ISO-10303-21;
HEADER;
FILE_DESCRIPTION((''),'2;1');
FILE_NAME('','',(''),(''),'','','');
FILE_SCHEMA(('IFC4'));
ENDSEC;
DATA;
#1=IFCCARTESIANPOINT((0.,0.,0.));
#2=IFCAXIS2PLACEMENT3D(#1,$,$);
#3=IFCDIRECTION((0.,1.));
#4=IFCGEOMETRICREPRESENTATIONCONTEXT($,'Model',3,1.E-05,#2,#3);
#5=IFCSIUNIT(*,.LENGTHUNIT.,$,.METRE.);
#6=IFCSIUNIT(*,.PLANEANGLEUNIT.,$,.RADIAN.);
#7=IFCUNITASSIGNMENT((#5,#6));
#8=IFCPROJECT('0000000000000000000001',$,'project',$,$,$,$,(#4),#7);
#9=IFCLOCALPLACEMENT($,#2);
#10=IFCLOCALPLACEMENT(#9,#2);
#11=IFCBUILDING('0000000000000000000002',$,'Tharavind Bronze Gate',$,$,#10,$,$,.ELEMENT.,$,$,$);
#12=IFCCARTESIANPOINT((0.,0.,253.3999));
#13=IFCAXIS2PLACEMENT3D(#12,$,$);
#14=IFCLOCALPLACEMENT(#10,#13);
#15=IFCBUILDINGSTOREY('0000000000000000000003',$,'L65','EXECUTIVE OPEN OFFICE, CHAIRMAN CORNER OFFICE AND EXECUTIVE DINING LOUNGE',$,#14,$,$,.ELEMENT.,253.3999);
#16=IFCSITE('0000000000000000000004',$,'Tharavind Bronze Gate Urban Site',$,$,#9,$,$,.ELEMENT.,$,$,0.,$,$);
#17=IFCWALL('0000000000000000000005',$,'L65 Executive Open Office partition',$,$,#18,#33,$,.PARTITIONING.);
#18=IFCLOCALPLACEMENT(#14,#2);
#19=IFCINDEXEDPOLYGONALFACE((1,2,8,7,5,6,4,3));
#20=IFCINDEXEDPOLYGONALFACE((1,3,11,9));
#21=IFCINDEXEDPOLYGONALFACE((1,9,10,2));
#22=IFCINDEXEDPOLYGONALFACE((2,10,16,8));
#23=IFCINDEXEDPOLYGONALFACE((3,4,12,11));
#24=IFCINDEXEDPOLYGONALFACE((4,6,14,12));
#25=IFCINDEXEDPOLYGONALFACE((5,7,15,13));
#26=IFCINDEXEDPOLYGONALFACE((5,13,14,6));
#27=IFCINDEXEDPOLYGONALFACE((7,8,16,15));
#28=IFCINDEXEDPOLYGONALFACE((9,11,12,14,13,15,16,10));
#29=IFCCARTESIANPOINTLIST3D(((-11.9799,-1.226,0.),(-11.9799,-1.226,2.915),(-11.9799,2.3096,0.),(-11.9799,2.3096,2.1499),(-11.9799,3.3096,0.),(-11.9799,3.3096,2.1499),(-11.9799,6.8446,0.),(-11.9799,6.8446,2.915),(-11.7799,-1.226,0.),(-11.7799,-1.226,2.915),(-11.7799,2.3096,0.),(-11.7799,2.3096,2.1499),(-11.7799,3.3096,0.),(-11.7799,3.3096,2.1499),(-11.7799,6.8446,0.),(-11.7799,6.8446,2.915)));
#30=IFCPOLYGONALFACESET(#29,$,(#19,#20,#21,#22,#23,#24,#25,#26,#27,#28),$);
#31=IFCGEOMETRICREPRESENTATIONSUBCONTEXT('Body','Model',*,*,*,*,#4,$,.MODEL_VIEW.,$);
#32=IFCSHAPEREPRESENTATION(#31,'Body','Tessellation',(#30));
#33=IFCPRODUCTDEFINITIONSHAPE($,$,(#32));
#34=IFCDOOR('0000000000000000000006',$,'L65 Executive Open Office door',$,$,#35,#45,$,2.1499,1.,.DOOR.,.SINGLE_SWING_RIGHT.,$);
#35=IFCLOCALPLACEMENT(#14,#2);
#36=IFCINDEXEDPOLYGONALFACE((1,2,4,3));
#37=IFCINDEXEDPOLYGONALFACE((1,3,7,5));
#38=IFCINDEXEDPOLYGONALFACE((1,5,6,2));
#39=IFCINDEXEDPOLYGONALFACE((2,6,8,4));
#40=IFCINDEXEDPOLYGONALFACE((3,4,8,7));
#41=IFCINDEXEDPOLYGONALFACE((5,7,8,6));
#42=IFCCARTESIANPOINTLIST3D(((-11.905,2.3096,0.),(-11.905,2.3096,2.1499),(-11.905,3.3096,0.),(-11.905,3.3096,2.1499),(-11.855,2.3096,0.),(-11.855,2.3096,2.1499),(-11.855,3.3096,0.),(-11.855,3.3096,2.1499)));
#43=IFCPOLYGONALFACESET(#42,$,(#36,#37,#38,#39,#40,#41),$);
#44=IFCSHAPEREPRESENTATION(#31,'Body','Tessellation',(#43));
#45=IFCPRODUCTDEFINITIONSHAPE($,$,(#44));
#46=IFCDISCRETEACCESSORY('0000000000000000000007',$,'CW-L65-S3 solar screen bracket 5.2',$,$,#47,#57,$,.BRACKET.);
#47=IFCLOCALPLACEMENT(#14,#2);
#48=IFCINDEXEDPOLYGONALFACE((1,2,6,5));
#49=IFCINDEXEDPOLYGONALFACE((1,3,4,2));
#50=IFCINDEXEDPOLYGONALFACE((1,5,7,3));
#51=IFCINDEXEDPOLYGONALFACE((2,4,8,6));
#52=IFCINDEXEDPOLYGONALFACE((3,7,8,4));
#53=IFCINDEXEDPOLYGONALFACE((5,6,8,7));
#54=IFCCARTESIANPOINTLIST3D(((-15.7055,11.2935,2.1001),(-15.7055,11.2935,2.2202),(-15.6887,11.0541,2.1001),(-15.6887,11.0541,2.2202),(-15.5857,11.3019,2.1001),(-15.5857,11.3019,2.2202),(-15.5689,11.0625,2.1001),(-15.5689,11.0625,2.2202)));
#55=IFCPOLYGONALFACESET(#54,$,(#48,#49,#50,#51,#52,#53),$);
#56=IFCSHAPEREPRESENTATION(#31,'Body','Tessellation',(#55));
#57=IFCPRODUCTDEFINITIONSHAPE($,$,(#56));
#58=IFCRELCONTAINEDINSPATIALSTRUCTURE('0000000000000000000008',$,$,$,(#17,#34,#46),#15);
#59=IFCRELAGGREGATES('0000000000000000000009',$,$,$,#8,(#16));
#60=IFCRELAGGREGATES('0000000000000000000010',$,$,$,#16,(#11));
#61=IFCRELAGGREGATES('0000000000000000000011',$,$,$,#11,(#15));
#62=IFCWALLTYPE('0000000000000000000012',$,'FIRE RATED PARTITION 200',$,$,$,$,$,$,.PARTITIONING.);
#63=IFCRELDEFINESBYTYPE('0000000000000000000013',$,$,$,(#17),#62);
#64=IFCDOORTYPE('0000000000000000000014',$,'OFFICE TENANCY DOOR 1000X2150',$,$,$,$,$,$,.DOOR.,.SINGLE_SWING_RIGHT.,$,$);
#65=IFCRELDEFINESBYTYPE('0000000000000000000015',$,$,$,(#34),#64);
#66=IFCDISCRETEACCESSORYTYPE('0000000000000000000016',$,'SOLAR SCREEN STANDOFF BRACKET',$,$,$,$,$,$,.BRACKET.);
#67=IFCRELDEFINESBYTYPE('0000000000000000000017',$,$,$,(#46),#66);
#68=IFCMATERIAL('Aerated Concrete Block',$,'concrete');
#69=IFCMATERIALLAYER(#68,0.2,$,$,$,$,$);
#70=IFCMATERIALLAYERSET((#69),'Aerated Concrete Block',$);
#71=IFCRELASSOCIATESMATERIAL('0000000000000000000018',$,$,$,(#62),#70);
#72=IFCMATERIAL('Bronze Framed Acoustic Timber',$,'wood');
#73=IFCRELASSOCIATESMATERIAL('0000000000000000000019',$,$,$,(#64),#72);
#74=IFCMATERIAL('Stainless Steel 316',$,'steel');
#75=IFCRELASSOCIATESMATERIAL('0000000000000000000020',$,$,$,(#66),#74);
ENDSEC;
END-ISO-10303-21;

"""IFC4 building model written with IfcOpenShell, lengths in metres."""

from ifc_helpers import new_model, si_unit, direction, frame, frame_2d, origin, origin_2d, place, context, subcontext, project, spatial, rectangle, extrude, material, layer, layer_set, type_object, element, fill, save


model = new_model("IFC4")

# Units and contexts
model_context = context("Model", 3, precision=1e-05, world=origin(), true_north=direction((0.0, 1.0)))
body_context = subcontext(model_context, "Body", "Model", "MODEL_VIEW")
ifc_project = project(units=[si_unit("LENGTHUNIT", "METRE"), si_unit("PLANEANGLEUNIT", "RADIAN")], contexts=[model_context])

# Site, building, storey
site_placement = place(None, origin())
site = spatial("IfcSite", under=ifc_project, at=site_placement, Name="Tharavind Bronze Gate Urban Site", CompositionType="ELEMENT", RefElevation=0.0)
building_placement = place(site_placement, origin())
building = spatial("IfcBuilding", under=site, at=building_placement, Name="Tharavind Bronze Gate", CompositionType="ELEMENT")
storey_placement = place(building_placement, frame((0.0, 0.0, 253.3999)))
storey = spatial("IfcBuildingStorey", under=building, at=storey_placement, Name="L65", Description="EXECUTIVE OPEN OFFICE, CHAIRMAN CORNER OFFICE AND EXECUTIVE DINING LOUNGE", CompositionType="ELEMENT", Elevation=253.3999)

# Shared definitions
ifc_material_1 = material(Name="Aerated Concrete Block", Category="concrete")
ifc_layer_1 = layer(ifc_material_1, 0.2)
ifc_layer_set_1 = layer_set([ifc_layer_1], Name="Aerated Concrete Block")
wall_type = type_object("IfcWallType", Name="FIRE RATED PARTITION 200", PredefinedType="PARTITIONING", material=ifc_layer_set_1)

# Wall, opening, door
wall_1_placement = place(storey_placement, frame((-11.8799, 6.8445, 0.0), z_axis=(0.0, 0.0, 1.0), x_axis=(0.0, -1.0, 0.0)))
wall_1 = element("IfcWall", 1, at=wall_1_placement, inside=storey, type_object=wall_type, Name="L65 Executive Open Office partition", PredefinedType="PARTITIONING", context=body_context, shape_type="SweptSolid", body=[
    extrude(rectangle(XDim=8.0706, YDim=0.2, at=frame_2d((4.0352, 0.0))), origin(), (0.0, 0.0, 1.0), 2.915),
])
opening_1_placement = place(wall_1_placement, frame((3.5349, 0.0, 0.0)))
opening_1 = element("IfcOpeningElement", 2, at=opening_1_placement, cuts=wall_1, PredefinedType="OPENING", context=body_context, shape_type="SweptSolid", body=[
    extrude(rectangle(XDim=1.0, YDim=2.1499, at=frame_2d((0.5, 1.075))), frame((0.0, 0.1101, 0.0), z_axis=(0.0, -1.0, 0.0), x_axis=(1.0, 0.0, 0.0)), (0.0, 0.0, 1.0), 0.22),
])
ifc_material_2 = material(Name="Bronze Framed Acoustic Timber", Category="wood")
door_type_1 = type_object("IfcDoorType", Name="OFFICE TENANCY DOOR 1000X2150", OperationType="SINGLE_SWING_RIGHT", PredefinedType="DOOR", material=ifc_material_2)
door_1_placement = place(opening_1_placement, origin())
door_1 = element("IfcDoor", 3, at=door_1_placement, inside=storey, type_object=door_type_1, Name="L65 Executive Open Office door", OperationType="SINGLE_SWING_RIGHT", OverallHeight=2.1499, OverallWidth=1.0, PredefinedType="DOOR", context=body_context, shape_type="SweptSolid", body=[
    extrude(rectangle(XDim=1.0, YDim=2.1499, at=frame_2d((0.5, 1.075))), frame((0.0, 0.0249, 0.0), z_axis=(0.0, -1.0, 0.0), x_axis=(1.0, 0.0, 0.0)), (0.0, 0.0, 1.0), 0.05),
])
fill(opening_1, door_1)

# Discrete accessory
ifc_material_3 = material(Name="Stainless Steel 316", Category="steel")
discrete_accessory_type = type_object("IfcDiscreteAccessoryType", Name="SOLAR SCREEN STANDOFF BRACKET", PredefinedType="BRACKET", material=ifc_material_3)
discrete_accessory_placement = place(storey_placement, frame((-15.6372, 11.178, 2.1001), z_axis=(0.0, 0.0, 1.0), x_axis=(-0.997564, -0.06976, 0.0)))
element("IfcDiscreteAccessory", 4, at=discrete_accessory_placement, inside=storey, type_object=discrete_accessory_type, Name="CW-L65-S3 solar screen bracket 5.2", PredefinedType="BRACKET", context=body_context, shape_type="SweptSolid", body=[
    extrude(rectangle(XDim=0.1201, YDim=0.24, at=origin_2d()), origin(), (0.0, 0.0, 1.0), 0.1201),
])

save(model, "model.ifc")
